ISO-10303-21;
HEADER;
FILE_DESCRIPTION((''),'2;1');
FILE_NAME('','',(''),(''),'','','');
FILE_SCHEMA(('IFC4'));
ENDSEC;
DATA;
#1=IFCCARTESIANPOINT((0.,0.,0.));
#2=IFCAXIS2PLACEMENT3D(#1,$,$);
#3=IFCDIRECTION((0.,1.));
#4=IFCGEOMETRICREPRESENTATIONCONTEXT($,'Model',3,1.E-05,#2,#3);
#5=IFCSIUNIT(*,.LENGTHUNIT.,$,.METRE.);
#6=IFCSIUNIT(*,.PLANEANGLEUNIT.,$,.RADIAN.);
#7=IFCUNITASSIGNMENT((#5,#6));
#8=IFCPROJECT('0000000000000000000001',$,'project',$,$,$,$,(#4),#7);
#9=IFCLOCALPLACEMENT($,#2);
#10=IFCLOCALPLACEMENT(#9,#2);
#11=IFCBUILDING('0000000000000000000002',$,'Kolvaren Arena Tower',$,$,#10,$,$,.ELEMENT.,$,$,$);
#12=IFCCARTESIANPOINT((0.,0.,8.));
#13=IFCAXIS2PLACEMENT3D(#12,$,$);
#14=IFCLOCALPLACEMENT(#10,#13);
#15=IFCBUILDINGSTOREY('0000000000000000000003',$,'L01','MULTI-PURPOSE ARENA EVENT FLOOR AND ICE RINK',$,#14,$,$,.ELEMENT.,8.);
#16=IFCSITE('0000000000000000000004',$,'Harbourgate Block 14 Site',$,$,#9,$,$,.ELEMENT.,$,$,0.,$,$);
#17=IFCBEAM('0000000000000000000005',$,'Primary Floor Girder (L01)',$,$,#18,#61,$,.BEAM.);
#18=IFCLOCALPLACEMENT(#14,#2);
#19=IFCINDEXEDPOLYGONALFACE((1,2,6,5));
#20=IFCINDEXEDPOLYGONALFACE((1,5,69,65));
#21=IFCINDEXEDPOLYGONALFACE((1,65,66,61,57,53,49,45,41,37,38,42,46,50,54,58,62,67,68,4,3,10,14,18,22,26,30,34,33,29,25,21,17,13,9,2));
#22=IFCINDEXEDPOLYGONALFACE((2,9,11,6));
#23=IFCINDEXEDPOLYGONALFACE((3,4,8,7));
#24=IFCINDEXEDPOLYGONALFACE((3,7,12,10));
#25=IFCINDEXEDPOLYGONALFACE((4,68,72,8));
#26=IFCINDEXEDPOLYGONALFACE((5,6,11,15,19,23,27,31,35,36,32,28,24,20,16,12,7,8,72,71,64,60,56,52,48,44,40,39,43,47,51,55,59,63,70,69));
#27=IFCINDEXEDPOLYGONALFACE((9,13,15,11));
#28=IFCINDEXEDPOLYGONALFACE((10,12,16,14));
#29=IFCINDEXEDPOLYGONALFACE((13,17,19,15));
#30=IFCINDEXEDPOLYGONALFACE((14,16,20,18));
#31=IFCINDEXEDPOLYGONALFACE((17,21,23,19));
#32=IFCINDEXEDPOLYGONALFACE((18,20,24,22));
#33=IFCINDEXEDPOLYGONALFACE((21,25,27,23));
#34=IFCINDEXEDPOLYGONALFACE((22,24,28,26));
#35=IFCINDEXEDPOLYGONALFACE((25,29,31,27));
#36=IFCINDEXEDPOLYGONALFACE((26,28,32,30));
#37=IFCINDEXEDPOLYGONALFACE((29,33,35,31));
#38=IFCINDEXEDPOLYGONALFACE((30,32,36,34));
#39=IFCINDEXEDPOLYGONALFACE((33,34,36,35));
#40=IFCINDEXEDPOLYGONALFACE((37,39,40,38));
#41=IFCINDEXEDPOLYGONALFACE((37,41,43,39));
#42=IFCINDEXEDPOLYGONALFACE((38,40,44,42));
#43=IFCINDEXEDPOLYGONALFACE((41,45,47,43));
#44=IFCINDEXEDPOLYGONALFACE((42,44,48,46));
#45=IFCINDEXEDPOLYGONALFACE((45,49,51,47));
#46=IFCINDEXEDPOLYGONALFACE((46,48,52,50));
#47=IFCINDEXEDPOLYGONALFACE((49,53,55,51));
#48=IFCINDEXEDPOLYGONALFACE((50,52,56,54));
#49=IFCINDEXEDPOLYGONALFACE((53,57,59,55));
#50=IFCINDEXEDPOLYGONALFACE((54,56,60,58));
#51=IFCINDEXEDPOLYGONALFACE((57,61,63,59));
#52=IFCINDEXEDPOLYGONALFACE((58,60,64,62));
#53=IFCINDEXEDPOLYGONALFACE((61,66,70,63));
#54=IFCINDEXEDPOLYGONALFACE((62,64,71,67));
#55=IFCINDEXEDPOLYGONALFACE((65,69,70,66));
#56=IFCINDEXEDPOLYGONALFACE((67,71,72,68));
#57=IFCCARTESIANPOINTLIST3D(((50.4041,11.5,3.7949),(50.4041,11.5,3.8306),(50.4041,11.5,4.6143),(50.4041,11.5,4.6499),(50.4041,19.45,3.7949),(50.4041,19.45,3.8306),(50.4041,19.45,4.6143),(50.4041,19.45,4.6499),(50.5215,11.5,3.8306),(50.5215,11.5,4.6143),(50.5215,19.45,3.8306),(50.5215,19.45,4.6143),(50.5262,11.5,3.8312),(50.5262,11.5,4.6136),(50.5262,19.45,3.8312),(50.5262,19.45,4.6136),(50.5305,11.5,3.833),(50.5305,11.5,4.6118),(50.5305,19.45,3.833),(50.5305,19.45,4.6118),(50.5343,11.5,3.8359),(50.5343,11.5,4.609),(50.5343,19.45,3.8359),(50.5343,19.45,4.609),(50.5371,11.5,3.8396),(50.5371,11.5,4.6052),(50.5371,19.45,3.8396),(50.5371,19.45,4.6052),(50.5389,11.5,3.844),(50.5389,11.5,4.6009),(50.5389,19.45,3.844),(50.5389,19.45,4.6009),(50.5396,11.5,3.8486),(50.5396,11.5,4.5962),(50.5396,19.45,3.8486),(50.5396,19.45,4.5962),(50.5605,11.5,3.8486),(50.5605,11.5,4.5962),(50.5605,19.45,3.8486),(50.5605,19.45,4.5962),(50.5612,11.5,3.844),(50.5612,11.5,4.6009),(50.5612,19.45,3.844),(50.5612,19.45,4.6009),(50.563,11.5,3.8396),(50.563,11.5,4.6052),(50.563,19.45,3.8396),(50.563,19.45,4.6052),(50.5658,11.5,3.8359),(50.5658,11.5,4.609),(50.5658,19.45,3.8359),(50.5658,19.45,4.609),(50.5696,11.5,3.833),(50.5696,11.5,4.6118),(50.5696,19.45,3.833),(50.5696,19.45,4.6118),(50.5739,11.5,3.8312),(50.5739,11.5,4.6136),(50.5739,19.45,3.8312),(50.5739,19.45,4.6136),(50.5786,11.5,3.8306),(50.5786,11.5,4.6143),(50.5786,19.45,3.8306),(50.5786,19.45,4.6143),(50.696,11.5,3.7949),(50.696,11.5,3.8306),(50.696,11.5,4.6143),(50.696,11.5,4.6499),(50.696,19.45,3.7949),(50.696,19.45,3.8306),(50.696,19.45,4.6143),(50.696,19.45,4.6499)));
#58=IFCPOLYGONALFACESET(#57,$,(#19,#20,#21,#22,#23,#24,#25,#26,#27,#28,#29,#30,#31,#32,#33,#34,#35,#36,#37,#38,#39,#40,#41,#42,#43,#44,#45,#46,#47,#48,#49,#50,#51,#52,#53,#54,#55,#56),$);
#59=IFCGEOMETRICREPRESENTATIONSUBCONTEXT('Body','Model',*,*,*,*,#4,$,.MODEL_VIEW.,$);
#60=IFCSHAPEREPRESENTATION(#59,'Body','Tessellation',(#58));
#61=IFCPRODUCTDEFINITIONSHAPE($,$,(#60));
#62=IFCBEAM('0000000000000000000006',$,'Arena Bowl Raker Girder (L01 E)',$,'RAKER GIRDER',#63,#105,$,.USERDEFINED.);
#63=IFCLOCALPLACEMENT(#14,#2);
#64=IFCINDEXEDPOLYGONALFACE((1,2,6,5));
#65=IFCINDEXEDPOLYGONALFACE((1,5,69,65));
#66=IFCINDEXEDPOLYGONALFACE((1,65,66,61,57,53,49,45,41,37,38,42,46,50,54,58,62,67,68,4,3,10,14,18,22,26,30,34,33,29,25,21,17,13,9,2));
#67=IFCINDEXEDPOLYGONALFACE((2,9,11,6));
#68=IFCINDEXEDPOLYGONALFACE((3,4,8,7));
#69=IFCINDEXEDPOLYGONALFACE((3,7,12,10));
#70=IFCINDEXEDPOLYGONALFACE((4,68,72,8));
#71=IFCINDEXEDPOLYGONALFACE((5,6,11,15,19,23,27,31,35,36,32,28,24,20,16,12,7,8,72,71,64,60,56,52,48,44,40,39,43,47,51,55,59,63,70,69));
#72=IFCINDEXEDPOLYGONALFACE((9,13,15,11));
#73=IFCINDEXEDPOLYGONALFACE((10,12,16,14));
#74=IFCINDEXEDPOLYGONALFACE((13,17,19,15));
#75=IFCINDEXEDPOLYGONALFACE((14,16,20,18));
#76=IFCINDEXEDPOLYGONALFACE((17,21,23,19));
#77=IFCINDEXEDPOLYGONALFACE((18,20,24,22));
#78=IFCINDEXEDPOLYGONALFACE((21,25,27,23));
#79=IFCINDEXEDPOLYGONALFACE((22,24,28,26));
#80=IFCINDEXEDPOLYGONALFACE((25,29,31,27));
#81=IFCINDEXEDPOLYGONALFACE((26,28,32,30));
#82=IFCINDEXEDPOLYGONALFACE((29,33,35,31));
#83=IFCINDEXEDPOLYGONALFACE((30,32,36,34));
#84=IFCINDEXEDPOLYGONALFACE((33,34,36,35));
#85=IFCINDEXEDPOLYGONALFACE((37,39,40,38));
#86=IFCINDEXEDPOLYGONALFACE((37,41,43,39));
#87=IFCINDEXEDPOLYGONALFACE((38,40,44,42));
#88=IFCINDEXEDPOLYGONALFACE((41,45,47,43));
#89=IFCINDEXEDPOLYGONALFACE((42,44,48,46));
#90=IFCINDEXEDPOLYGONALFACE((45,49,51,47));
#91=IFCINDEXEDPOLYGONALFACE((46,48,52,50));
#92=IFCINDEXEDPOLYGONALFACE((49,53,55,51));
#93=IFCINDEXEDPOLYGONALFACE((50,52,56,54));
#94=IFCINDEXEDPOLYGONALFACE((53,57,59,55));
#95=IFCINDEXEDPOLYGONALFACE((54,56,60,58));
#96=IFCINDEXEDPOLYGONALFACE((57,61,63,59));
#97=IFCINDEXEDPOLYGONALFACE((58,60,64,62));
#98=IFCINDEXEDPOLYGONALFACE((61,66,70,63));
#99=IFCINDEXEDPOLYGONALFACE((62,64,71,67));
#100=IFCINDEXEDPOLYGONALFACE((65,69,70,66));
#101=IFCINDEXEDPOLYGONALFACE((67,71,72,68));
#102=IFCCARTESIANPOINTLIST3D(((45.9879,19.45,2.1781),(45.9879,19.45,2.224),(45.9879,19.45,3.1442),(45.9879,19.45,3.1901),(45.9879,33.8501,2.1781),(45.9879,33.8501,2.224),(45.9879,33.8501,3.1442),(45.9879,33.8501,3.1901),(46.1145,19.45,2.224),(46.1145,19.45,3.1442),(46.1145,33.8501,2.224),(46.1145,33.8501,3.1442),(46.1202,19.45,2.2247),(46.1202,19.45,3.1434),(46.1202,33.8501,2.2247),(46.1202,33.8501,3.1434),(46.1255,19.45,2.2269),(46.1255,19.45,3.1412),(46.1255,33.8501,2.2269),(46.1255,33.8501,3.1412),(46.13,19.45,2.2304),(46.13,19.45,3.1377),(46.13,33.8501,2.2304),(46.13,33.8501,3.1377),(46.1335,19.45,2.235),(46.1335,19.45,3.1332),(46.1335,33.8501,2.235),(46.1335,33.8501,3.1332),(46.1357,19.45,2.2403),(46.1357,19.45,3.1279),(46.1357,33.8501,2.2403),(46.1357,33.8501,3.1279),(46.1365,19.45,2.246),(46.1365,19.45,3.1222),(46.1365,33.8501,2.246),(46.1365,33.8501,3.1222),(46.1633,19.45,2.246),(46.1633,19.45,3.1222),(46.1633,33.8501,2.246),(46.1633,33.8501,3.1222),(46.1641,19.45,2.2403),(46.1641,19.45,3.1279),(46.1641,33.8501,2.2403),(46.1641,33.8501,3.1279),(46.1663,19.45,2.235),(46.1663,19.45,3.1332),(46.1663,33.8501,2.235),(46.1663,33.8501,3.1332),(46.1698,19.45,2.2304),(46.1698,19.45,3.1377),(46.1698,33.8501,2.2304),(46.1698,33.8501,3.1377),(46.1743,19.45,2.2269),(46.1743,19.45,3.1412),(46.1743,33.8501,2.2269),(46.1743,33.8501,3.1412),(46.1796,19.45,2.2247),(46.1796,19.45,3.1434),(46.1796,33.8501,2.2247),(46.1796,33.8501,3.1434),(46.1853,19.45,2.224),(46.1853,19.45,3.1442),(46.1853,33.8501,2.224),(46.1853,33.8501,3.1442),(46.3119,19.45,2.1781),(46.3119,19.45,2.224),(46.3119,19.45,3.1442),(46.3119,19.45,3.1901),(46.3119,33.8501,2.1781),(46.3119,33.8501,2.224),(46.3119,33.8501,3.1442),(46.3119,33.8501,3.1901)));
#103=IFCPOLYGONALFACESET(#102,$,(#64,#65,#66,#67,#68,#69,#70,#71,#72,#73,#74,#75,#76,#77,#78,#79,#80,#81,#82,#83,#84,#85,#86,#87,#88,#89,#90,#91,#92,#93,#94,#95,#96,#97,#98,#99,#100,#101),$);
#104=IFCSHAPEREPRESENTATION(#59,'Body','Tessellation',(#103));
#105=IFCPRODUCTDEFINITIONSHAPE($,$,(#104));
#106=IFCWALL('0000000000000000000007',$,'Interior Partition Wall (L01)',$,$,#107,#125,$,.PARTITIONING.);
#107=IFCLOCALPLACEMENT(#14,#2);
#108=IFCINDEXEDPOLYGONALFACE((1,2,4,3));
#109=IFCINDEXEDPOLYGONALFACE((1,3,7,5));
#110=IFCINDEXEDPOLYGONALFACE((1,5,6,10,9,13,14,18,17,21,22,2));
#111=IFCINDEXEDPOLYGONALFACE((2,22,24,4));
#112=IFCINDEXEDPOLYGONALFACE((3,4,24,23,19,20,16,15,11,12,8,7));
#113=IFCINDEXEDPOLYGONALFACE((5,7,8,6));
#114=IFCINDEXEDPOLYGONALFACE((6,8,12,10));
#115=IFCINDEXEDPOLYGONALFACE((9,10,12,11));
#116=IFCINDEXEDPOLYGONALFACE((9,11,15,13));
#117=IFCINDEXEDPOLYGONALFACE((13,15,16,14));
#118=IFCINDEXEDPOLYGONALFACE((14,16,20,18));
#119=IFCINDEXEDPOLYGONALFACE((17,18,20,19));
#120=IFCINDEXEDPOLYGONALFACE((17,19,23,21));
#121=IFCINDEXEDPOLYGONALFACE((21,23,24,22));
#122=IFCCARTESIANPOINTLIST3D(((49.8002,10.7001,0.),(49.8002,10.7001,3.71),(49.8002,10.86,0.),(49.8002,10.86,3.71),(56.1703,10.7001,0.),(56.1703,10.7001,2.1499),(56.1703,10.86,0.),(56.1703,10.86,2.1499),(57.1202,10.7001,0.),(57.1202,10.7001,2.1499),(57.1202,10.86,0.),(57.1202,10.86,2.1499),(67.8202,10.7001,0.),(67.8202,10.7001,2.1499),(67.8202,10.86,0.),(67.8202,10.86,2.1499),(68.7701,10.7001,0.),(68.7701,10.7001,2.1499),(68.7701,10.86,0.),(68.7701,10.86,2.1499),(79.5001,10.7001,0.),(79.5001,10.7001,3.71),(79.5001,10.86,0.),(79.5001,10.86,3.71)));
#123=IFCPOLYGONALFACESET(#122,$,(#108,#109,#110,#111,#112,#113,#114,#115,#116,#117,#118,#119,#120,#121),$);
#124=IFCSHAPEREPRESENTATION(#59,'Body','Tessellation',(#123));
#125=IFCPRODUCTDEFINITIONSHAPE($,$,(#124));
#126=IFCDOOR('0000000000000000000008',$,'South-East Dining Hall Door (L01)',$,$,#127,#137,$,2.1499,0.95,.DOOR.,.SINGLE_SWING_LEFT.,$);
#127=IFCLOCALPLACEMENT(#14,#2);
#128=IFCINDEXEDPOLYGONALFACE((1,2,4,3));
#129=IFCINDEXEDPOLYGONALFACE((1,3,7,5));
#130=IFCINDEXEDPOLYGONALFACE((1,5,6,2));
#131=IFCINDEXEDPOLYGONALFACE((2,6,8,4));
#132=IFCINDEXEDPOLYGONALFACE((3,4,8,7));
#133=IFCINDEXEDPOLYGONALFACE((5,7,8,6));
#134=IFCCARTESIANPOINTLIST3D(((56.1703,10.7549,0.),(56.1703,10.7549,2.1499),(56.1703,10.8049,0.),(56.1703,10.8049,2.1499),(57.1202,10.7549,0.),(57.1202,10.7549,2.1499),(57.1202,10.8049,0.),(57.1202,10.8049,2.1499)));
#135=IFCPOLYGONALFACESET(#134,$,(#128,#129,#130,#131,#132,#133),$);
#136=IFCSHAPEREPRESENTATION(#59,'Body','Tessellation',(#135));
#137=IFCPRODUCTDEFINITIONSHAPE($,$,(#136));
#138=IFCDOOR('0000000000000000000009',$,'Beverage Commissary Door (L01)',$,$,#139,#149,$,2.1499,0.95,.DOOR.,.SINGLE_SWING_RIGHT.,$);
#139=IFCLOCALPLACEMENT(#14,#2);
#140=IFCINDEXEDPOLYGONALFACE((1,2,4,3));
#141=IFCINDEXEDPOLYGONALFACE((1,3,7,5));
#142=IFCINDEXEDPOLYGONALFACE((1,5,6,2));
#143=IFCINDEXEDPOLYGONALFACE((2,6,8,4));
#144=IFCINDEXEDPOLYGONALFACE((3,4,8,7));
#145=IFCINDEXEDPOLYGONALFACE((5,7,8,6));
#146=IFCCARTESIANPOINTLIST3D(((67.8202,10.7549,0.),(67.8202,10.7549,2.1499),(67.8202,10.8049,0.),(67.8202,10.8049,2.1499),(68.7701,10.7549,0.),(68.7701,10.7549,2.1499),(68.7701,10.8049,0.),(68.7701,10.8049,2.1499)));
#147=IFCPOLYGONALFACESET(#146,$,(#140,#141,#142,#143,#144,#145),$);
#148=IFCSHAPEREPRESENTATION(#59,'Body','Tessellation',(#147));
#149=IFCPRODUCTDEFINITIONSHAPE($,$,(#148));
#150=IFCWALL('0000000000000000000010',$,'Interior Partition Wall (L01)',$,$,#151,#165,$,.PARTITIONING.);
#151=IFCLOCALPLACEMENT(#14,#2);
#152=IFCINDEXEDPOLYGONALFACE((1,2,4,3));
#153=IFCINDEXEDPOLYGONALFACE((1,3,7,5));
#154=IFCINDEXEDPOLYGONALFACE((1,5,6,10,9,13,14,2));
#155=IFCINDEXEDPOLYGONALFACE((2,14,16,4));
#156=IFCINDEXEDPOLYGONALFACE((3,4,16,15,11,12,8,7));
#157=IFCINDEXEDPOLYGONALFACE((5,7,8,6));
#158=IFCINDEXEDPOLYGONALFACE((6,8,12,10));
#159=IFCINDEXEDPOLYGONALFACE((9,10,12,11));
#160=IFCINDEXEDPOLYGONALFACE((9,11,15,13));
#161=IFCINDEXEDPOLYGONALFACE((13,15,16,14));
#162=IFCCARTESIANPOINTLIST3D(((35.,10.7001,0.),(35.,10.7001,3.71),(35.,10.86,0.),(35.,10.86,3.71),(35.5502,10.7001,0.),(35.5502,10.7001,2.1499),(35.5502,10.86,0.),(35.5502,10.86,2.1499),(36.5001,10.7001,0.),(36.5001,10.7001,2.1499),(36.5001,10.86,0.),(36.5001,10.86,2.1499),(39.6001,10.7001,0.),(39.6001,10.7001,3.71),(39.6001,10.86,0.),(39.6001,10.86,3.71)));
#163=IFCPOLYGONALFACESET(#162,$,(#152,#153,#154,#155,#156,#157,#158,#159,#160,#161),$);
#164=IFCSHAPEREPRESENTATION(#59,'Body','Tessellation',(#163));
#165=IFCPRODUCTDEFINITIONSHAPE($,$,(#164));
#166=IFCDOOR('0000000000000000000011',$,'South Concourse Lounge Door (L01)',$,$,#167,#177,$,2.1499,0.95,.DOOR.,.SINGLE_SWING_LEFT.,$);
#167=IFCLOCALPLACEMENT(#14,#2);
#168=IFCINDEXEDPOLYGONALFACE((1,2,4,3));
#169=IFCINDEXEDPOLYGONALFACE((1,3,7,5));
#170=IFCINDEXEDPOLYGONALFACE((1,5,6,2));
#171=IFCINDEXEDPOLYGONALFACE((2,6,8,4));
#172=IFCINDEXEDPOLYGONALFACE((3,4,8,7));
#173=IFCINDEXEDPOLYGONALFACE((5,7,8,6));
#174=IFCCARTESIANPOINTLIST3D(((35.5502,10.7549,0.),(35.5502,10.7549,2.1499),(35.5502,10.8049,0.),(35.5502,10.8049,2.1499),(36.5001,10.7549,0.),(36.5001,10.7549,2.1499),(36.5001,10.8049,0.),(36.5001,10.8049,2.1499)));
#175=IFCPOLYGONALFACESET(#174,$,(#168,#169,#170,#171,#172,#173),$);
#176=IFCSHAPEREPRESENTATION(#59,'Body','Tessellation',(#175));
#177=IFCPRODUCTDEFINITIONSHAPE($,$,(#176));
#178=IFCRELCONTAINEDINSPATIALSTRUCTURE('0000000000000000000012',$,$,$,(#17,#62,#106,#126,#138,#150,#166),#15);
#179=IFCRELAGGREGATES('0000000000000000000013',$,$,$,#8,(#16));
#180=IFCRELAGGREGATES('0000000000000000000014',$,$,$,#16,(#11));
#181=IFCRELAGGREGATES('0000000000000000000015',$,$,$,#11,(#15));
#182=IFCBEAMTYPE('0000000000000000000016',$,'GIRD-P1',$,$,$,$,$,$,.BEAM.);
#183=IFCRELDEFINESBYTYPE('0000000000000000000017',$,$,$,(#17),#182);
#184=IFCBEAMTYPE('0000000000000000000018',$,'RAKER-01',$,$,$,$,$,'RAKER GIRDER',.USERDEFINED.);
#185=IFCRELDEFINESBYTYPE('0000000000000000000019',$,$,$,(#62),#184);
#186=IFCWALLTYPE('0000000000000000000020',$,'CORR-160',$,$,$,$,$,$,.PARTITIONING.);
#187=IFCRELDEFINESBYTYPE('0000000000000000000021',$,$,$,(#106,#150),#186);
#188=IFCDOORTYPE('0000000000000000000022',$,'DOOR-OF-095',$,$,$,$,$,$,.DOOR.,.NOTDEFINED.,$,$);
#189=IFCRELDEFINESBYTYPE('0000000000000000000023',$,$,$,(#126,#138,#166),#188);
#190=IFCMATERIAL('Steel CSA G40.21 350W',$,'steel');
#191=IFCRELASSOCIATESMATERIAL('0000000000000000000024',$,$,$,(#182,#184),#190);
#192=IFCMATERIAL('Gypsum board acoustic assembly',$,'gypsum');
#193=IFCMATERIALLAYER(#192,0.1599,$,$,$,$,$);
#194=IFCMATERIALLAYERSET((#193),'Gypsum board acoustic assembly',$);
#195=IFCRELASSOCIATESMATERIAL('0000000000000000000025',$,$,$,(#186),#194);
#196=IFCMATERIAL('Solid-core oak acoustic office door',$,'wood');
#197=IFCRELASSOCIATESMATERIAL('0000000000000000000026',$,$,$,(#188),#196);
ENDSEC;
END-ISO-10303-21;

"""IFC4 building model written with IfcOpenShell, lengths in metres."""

from ifc_helpers import new_model, si_unit, direction, frame, frame_2d, origin, origin_2d, place, context, subcontext, project, spatial, rectangle, i_section, extrude, material, layer, layer_set, material_profile, profile_set, type_object, element, fill, save


model = new_model("IFC4")

# Units and contexts
model_context = context("Model", 3, precision=1e-05, world=origin(), true_north=direction((0.0, 1.0)))
body_context = subcontext(model_context, "Body", "Model", "MODEL_VIEW")
ifc_project = project(units=[si_unit("LENGTHUNIT", "METRE"), si_unit("PLANEANGLEUNIT", "RADIAN")], contexts=[model_context])

# Site, building, storey
site_placement = place(None, origin())
site = spatial("IfcSite", under=ifc_project, at=site_placement, Name="Harbourgate Block 14 Site", CompositionType="ELEMENT", RefElevation=0.0)
building_placement = place(site_placement, origin())
building = spatial("IfcBuilding", under=site, at=building_placement, Name="Kolvaren Arena Tower", CompositionType="ELEMENT")
storey_placement = place(building_placement, frame((0.0, 0.0, 8.0)))
storey = spatial("IfcBuildingStorey", under=building, at=storey_placement, Name="L01", Description="MULTI-PURPOSE ARENA EVENT FLOOR AND ICE RINK", CompositionType="ELEMENT", Elevation=8.0)

# Beams
ifc_material_1 = material(Name="Steel CSA G40.21 350W", Category="steel")
ifc_material_profile_1 = material_profile(ifc_material_1, i_section(OverallWidth=0.292, OverallDepth=0.855, WebThickness=0.021, FlangeThickness=0.0356, FilletRadius=0.0181, at=origin_2d()), Name="W840x299")
ifc_profile_set_1 = profile_set([ifc_material_profile_1], Name="Steel CSA G40.21 350W")
beam_type_1 = type_object("IfcBeamType", Name="GIRD-P1", PredefinedType="BEAM", material=ifc_profile_set_1)
beam_1_placement = place(storey_placement, frame((50.55, 11.5, 4.2224), z_axis=(0.0, 1.0, 0.0), x_axis=(-1.0, 0.0, 0.0)))
element("IfcBeam", 1, at=beam_1_placement, inside=storey, type_object=beam_type_1, Name="Primary Floor Girder (L01)", PredefinedType="BEAM", context=body_context, shape_type="SweptSolid", body=[
    extrude(i_section(OverallWidth=0.292, OverallDepth=0.855, WebThickness=0.021, FlangeThickness=0.0356, FilletRadius=0.0181, at=origin_2d()), origin(), (0.0, 0.0, 1.0), 7.95),
])
ifc_material_profile_2 = material_profile(ifc_material_1, i_section(OverallWidth=0.324, OverallDepth=1.012, WebThickness=0.0269, FlangeThickness=0.0459, FilletRadius=0.022, at=origin_2d()), Name="W1000x443")
ifc_profile_set_2 = profile_set([ifc_material_profile_2], Name="Steel CSA G40.21 350W")
beam_type_2 = type_object("IfcBeamType", Name="RAKER-01", ElementType="RAKER GIRDER", PredefinedType="USERDEFINED", material=ifc_profile_set_2)
beam_2_placement = place(storey_placement, frame((46.1499, 19.45, 2.6841), z_axis=(0.0, 1.0, 0.0), x_axis=(-1.0, 0.0, 0.0)))
element("IfcBeam", 2, at=beam_2_placement, inside=storey, type_object=beam_type_2, Name="Arena Bowl Raker Girder (L01 E)", ObjectType="RAKER GIRDER", PredefinedType="USERDEFINED", context=body_context, shape_type="SweptSolid", body=[
    extrude(i_section(OverallWidth=0.324, OverallDepth=1.012, WebThickness=0.0269, FlangeThickness=0.0459, FilletRadius=0.022, at=origin_2d()), origin(), (0.0, 0.0, 1.0), 14.4001),
])

# Wall, openings, doors
ifc_material_2 = material(Name="Gypsum board acoustic assembly", Category="gypsum")
ifc_layer_1 = layer(ifc_material_2, 0.1599)
ifc_layer_set_1 = layer_set([ifc_layer_1], Name="Gypsum board acoustic assembly")
wall_type_1 = type_object("IfcWallType", Name="CORR-160", PredefinedType="PARTITIONING", material=ifc_layer_set_1)
wall_1_placement = place(storey_placement, frame((49.8, 10.78, 0.0), z_axis=(0.0, 0.0, 1.0), x_axis=(1.0, 0.0, 0.0)))
wall_1 = element("IfcWall", 3, at=wall_1_placement, inside=storey, type_object=wall_type_1, Name="Interior Partition Wall (L01)", PredefinedType="PARTITIONING", context=body_context, shape_type="SweptSolid", body=[
    extrude(rectangle(XDim=29.7, YDim=0.1599, at=frame_2d((14.8501, 0.0))), origin(), (0.0, 0.0, 1.0), 3.71),
])
opening_1_placement = place(wall_1_placement, frame((6.3701, 0.0, 0.0)))
opening_1 = element("IfcOpeningElement", 4, at=opening_1_placement, cuts=wall_1, PredefinedType="OPENING", context=body_context, shape_type="SweptSolid", body=[
    extrude(rectangle(XDim=0.95, YDim=2.1499, at=frame_2d((0.4751, 1.075))), frame((0.0, 0.0898, 0.0), z_axis=(0.0, -1.0, 0.0), x_axis=(1.0, 0.0, 0.0)), (0.0, 0.0, 1.0), 0.1799),
])
opening_2_placement = place(wall_1_placement, frame((18.02, 0.0, 0.0)))
opening_2 = element("IfcOpeningElement", 5, at=opening_2_placement, cuts=wall_1, PredefinedType="OPENING", context=body_context, shape_type="SweptSolid", body=[
    extrude(rectangle(XDim=0.95, YDim=2.1499, at=frame_2d((0.4751, 1.075))), frame((0.0, 0.0898, 0.0), z_axis=(0.0, -1.0, 0.0), x_axis=(1.0, 0.0, 0.0)), (0.0, 0.0, 1.0), 0.1799),
])
ifc_material_3 = material(Name="Solid-core oak acoustic office door", Category="wood")
door_type_1 = type_object("IfcDoorType", Name="DOOR-OF-095", OperationType="NOTDEFINED", PredefinedType="DOOR", material=ifc_material_3)
door_1_placement = place(opening_1_placement, origin())
door_1 = element("IfcDoor", 6, at=door_1_placement, inside=storey, type_object=door_type_1, Name="South-East Dining Hall Door (L01)", OperationType="SINGLE_SWING_LEFT", OverallHeight=2.1499, OverallWidth=0.95, PredefinedType="DOOR", context=body_context, shape_type="SweptSolid", body=[
    extrude(rectangle(XDim=0.95, YDim=2.1499, at=frame_2d((0.4751, 1.075))), frame((0.0, 0.0249, 0.0), z_axis=(0.0, -1.0, 0.0), x_axis=(1.0, 0.0, 0.0)), (0.0, 0.0, 1.0), 0.05),
])
fill(opening_1, door_1)
door_2_placement = place(opening_2_placement, origin())
door_2 = element("IfcDoor", 7, at=door_2_placement, inside=storey, type_object=door_type_1, Name="Beverage Commissary Door (L01)", OperationType="SINGLE_SWING_RIGHT", OverallHeight=2.1499, OverallWidth=0.95, PredefinedType="DOOR", context=body_context, shape_type="SweptSolid", body=[
    extrude(rectangle(XDim=0.95, YDim=2.1499, at=frame_2d((0.4751, 1.075))), frame((0.0, 0.0249, 0.0), z_axis=(0.0, -1.0, 0.0), x_axis=(1.0, 0.0, 0.0)), (0.0, 0.0, 1.0), 0.05),
])
fill(opening_2, door_2)

# Wall, opening, door
wall_2_placement = place(storey_placement, frame((35.0, 10.78, 0.0), z_axis=(0.0, 0.0, 1.0), x_axis=(1.0, 0.0, 0.0)))
wall_2 = element("IfcWall", 8, at=wall_2_placement, inside=storey, type_object=wall_type_1, Name="Interior Partition Wall (L01)", PredefinedType="PARTITIONING", context=body_context, shape_type="SweptSolid", body=[
    extrude(rectangle(XDim=4.6001, YDim=0.1599, at=frame_2d((2.3, 0.0))), origin(), (0.0, 0.0, 1.0), 3.71),
])
opening_3_placement = place(wall_2_placement, frame((0.55, 0.0, 0.0)))
opening_3 = element("IfcOpeningElement", 9, at=opening_3_placement, cuts=wall_2, PredefinedType="OPENING", context=body_context, shape_type="SweptSolid", body=[
    extrude(rectangle(XDim=0.95, YDim=2.1499, at=frame_2d((0.4751, 1.075))), frame((0.0, 0.0898, 0.0), z_axis=(0.0, -1.0, 0.0), x_axis=(1.0, 0.0, 0.0)), (0.0, 0.0, 1.0), 0.1799),
])
door_3_placement = place(opening_3_placement, origin())
door_3 = element("IfcDoor", 10, at=door_3_placement, inside=storey, type_object=door_type_1, Name="South Concourse Lounge Door (L01)", OperationType="SINGLE_SWING_LEFT", OverallHeight=2.1499, OverallWidth=0.95, PredefinedType="DOOR", context=body_context, shape_type="SweptSolid", body=[
    extrude(rectangle(XDim=0.95, YDim=2.1499, at=frame_2d((0.4751, 1.075))), frame((0.0, 0.0249, 0.0), z_axis=(0.0, -1.0, 0.0), x_axis=(1.0, 0.0, 0.0)), (0.0, 0.0, 1.0), 0.05),
])
fill(opening_3, door_3)

save(model, "model.ifc")
